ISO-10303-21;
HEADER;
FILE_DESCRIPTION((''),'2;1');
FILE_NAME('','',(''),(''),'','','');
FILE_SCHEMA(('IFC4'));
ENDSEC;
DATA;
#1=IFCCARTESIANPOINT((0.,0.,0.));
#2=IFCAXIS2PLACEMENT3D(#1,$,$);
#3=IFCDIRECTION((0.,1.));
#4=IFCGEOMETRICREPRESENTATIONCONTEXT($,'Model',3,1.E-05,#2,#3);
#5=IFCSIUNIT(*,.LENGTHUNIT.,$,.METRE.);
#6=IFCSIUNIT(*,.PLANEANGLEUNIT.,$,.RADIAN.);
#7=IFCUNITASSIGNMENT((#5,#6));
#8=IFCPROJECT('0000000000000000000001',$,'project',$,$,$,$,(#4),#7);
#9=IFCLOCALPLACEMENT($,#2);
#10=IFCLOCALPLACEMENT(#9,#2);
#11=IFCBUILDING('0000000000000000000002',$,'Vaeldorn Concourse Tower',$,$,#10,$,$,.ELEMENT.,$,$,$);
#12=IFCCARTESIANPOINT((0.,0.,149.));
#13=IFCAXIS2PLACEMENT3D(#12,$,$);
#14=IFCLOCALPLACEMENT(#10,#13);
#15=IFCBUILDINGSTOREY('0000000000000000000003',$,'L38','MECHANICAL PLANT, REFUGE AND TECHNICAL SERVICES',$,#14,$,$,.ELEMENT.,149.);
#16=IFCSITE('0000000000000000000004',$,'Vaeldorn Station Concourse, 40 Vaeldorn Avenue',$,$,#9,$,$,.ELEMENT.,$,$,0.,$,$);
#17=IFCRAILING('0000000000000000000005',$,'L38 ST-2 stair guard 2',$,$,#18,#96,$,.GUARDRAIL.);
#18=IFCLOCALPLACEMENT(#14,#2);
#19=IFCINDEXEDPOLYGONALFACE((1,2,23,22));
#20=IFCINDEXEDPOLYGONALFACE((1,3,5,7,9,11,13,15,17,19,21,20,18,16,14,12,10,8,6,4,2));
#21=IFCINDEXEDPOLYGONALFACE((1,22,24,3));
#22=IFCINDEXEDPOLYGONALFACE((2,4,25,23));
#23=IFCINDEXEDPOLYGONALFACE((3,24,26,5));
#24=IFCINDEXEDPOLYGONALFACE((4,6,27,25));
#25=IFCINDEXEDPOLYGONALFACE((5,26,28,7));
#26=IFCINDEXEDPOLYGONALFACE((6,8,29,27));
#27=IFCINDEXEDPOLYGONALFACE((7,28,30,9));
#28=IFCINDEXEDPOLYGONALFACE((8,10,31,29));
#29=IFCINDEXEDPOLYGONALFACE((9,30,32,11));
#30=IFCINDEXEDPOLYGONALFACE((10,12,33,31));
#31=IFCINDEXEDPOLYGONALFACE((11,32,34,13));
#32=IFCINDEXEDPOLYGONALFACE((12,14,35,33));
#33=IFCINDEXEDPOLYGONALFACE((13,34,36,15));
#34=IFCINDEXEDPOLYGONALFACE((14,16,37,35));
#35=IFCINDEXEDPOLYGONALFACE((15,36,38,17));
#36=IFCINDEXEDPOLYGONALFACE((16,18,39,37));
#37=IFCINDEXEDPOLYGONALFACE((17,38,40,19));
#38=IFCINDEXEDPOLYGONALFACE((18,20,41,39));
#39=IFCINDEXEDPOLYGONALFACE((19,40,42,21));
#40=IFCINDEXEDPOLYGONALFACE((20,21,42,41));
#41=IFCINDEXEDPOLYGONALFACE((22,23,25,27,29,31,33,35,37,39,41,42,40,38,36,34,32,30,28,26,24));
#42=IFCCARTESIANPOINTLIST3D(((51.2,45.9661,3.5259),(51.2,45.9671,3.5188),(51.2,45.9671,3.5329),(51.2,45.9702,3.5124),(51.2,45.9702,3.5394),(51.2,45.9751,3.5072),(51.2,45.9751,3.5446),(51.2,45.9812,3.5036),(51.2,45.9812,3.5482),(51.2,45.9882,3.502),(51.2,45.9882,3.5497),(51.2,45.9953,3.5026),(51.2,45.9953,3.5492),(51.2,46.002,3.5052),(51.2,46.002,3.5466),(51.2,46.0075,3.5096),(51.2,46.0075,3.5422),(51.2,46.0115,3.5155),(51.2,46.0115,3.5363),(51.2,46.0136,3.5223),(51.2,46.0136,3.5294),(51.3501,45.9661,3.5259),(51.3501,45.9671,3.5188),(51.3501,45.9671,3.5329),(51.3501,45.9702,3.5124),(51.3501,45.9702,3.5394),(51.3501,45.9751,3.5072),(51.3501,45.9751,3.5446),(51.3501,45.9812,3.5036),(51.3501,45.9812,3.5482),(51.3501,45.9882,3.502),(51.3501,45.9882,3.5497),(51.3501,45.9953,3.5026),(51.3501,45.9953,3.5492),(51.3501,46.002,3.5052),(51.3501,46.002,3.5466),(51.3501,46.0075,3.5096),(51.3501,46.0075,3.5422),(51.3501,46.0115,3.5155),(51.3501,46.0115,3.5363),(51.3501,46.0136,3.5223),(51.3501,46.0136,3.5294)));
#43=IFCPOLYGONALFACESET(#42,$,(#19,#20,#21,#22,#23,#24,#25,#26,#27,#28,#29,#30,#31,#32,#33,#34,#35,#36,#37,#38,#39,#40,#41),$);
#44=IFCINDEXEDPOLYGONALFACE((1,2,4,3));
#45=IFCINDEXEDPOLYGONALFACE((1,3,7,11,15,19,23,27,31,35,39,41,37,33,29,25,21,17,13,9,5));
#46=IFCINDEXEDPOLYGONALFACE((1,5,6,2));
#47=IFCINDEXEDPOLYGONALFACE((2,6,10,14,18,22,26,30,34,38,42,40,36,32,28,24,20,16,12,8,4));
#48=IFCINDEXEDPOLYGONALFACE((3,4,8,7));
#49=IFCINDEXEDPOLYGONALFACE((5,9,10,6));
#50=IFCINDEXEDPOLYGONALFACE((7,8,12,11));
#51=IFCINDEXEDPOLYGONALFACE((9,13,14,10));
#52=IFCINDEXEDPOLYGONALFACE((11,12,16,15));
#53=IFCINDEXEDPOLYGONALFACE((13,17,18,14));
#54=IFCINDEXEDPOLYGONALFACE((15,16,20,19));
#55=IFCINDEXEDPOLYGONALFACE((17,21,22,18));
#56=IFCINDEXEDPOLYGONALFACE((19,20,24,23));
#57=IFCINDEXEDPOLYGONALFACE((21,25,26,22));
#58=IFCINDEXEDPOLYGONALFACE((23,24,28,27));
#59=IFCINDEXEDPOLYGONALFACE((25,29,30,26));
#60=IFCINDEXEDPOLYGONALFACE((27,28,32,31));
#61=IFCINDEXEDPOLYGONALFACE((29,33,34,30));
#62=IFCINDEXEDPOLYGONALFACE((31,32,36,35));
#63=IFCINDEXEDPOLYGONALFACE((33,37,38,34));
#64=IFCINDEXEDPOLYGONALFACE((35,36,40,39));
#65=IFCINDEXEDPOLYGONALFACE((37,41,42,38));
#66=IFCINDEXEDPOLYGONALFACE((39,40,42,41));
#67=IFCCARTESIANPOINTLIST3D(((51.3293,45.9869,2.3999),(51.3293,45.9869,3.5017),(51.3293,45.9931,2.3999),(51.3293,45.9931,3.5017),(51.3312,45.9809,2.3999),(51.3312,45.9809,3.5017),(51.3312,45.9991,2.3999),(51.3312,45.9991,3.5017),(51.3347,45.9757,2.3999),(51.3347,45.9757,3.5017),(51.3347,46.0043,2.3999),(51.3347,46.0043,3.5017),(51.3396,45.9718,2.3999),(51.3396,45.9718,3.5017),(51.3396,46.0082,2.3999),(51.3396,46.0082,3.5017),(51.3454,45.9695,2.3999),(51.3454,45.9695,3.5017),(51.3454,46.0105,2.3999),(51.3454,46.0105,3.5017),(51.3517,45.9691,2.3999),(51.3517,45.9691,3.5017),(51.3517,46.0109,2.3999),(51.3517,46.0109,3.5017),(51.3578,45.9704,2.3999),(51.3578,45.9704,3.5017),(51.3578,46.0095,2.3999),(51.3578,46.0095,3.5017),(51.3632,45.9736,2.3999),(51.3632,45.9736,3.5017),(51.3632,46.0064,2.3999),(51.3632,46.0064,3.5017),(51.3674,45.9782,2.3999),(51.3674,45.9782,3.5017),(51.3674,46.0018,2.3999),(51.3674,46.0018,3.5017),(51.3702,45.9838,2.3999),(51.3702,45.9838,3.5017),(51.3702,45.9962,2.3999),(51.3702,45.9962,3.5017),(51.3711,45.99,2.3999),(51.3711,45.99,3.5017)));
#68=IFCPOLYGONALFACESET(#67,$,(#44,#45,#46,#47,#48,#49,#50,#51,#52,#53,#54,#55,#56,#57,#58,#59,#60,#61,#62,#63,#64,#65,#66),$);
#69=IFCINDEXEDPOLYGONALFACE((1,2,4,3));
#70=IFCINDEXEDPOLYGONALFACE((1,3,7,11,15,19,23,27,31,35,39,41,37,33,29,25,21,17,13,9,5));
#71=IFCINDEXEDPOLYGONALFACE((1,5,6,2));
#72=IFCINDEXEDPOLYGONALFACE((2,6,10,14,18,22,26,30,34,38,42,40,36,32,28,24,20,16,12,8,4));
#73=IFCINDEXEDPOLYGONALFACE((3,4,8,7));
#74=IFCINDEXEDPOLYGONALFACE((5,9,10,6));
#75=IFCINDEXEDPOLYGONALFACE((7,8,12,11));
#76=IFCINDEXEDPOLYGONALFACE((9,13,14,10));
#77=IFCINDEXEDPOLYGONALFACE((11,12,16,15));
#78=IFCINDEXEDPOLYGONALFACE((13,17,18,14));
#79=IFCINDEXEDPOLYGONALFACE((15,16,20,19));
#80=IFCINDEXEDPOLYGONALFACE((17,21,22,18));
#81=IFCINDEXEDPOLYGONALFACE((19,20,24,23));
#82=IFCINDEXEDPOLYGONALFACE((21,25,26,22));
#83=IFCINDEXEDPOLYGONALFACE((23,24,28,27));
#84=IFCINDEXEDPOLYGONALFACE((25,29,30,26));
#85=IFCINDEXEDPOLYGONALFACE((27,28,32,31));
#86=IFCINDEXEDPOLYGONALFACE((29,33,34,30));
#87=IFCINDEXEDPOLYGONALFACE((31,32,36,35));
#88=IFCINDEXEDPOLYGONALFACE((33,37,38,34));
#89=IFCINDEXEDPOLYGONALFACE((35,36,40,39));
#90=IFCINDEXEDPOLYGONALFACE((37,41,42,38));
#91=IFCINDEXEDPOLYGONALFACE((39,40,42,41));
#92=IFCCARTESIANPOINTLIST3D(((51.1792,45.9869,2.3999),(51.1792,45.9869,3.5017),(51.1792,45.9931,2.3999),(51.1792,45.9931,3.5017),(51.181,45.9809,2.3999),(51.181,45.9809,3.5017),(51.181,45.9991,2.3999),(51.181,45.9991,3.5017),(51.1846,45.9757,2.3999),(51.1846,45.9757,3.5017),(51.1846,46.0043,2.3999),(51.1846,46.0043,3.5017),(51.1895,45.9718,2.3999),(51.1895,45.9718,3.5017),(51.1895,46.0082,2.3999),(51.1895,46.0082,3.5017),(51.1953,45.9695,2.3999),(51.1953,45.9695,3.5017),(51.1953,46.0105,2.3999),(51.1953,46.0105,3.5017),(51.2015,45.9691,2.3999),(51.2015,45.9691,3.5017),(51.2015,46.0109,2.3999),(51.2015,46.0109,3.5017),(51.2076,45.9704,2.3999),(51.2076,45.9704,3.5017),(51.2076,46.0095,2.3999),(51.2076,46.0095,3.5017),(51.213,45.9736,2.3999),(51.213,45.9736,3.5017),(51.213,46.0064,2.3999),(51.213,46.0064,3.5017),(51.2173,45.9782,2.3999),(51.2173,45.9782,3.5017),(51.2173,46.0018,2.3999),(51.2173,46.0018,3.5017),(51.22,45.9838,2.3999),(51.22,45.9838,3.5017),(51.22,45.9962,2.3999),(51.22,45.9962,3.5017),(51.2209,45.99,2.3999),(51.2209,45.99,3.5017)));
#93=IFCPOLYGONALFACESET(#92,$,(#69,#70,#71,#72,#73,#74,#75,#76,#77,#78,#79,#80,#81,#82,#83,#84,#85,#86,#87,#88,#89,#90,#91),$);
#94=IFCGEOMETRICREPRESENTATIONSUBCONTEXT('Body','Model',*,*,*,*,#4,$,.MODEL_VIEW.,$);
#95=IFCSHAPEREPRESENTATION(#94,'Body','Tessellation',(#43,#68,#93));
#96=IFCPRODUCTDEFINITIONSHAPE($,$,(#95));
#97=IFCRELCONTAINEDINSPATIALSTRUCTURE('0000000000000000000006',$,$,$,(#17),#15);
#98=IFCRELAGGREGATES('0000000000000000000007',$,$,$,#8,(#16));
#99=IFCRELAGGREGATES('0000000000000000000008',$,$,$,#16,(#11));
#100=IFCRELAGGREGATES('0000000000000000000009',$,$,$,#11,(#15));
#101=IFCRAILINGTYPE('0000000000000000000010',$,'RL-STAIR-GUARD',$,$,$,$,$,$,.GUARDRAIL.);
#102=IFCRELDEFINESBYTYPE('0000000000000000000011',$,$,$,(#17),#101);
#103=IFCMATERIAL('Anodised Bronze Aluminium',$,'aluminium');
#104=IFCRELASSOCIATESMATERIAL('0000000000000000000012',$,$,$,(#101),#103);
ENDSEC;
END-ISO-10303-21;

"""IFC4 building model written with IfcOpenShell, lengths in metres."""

from ifc_helpers import new_model, si_unit, direction, frame, origin, origin_2d, place, context, subcontext, project, spatial, circle, extrude, material, type_object, element, save


model = new_model("IFC4")

# Units and contexts
model_context = context("Model", 3, precision=1e-05, world=origin(), true_north=direction((0.0, 1.0)))
body_context = subcontext(model_context, "Body", "Model", "MODEL_VIEW")
ifc_project = project(units=[si_unit("LENGTHUNIT", "METRE"), si_unit("PLANEANGLEUNIT", "RADIAN")], contexts=[model_context])

# Site, building, storey
site_placement = place(None, origin())
site = spatial("IfcSite", under=ifc_project, at=site_placement, Name="Vaeldorn Station Concourse, 40 Vaeldorn Avenue", CompositionType="ELEMENT", RefElevation=0.0)
building_placement = place(site_placement, origin())
building = spatial("IfcBuilding", under=site, at=building_placement, Name="Vaeldorn Concourse Tower", CompositionType="ELEMENT")
storey_placement = place(building_placement, frame((0.0, 0.0, 149.0)))
storey = spatial("IfcBuildingStorey", under=building, at=storey_placement, Name="L38", Description="MECHANICAL PLANT, REFUGE AND TECHNICAL SERVICES", CompositionType="ELEMENT", Elevation=149.0)

# Railing
ifc_material_1 = material(Name="Anodised Bronze Aluminium", Category="aluminium")
railing_type_1 = type_object("IfcRailingType", Name="RL-STAIR-GUARD", PredefinedType="GUARDRAIL", material=ifc_material_1)
railing_1_placement = place(storey_placement, frame((51.3501, 45.99, 2.3999)))
element("IfcRailing", 1, at=railing_1_placement, inside=storey, type_object=railing_type_1, Name="L38 ST-2 stair guard 2", PredefinedType="GUARDRAIL", context=body_context, shape_type="SweptSolid", body=[
    extrude(circle(Radius=0.0239, at=origin_2d()), frame((0.0, 0.0, 1.126), z_axis=(-1.0, 0.0, 0.0), x_axis=(0.0, -1.0, 0.0)), (0.0, 0.0, 1.0), 0.1501),
    extrude(circle(Radius=0.021, at=origin_2d()), origin(), (0.0, 0.0, 1.0), 1.1018),
    extrude(circle(Radius=0.021, at=origin_2d()), frame((-0.1501, 0.0, 0.0)), (0.0, 0.0, 1.0), 1.1018),
])

save(model, "model.ifc")
